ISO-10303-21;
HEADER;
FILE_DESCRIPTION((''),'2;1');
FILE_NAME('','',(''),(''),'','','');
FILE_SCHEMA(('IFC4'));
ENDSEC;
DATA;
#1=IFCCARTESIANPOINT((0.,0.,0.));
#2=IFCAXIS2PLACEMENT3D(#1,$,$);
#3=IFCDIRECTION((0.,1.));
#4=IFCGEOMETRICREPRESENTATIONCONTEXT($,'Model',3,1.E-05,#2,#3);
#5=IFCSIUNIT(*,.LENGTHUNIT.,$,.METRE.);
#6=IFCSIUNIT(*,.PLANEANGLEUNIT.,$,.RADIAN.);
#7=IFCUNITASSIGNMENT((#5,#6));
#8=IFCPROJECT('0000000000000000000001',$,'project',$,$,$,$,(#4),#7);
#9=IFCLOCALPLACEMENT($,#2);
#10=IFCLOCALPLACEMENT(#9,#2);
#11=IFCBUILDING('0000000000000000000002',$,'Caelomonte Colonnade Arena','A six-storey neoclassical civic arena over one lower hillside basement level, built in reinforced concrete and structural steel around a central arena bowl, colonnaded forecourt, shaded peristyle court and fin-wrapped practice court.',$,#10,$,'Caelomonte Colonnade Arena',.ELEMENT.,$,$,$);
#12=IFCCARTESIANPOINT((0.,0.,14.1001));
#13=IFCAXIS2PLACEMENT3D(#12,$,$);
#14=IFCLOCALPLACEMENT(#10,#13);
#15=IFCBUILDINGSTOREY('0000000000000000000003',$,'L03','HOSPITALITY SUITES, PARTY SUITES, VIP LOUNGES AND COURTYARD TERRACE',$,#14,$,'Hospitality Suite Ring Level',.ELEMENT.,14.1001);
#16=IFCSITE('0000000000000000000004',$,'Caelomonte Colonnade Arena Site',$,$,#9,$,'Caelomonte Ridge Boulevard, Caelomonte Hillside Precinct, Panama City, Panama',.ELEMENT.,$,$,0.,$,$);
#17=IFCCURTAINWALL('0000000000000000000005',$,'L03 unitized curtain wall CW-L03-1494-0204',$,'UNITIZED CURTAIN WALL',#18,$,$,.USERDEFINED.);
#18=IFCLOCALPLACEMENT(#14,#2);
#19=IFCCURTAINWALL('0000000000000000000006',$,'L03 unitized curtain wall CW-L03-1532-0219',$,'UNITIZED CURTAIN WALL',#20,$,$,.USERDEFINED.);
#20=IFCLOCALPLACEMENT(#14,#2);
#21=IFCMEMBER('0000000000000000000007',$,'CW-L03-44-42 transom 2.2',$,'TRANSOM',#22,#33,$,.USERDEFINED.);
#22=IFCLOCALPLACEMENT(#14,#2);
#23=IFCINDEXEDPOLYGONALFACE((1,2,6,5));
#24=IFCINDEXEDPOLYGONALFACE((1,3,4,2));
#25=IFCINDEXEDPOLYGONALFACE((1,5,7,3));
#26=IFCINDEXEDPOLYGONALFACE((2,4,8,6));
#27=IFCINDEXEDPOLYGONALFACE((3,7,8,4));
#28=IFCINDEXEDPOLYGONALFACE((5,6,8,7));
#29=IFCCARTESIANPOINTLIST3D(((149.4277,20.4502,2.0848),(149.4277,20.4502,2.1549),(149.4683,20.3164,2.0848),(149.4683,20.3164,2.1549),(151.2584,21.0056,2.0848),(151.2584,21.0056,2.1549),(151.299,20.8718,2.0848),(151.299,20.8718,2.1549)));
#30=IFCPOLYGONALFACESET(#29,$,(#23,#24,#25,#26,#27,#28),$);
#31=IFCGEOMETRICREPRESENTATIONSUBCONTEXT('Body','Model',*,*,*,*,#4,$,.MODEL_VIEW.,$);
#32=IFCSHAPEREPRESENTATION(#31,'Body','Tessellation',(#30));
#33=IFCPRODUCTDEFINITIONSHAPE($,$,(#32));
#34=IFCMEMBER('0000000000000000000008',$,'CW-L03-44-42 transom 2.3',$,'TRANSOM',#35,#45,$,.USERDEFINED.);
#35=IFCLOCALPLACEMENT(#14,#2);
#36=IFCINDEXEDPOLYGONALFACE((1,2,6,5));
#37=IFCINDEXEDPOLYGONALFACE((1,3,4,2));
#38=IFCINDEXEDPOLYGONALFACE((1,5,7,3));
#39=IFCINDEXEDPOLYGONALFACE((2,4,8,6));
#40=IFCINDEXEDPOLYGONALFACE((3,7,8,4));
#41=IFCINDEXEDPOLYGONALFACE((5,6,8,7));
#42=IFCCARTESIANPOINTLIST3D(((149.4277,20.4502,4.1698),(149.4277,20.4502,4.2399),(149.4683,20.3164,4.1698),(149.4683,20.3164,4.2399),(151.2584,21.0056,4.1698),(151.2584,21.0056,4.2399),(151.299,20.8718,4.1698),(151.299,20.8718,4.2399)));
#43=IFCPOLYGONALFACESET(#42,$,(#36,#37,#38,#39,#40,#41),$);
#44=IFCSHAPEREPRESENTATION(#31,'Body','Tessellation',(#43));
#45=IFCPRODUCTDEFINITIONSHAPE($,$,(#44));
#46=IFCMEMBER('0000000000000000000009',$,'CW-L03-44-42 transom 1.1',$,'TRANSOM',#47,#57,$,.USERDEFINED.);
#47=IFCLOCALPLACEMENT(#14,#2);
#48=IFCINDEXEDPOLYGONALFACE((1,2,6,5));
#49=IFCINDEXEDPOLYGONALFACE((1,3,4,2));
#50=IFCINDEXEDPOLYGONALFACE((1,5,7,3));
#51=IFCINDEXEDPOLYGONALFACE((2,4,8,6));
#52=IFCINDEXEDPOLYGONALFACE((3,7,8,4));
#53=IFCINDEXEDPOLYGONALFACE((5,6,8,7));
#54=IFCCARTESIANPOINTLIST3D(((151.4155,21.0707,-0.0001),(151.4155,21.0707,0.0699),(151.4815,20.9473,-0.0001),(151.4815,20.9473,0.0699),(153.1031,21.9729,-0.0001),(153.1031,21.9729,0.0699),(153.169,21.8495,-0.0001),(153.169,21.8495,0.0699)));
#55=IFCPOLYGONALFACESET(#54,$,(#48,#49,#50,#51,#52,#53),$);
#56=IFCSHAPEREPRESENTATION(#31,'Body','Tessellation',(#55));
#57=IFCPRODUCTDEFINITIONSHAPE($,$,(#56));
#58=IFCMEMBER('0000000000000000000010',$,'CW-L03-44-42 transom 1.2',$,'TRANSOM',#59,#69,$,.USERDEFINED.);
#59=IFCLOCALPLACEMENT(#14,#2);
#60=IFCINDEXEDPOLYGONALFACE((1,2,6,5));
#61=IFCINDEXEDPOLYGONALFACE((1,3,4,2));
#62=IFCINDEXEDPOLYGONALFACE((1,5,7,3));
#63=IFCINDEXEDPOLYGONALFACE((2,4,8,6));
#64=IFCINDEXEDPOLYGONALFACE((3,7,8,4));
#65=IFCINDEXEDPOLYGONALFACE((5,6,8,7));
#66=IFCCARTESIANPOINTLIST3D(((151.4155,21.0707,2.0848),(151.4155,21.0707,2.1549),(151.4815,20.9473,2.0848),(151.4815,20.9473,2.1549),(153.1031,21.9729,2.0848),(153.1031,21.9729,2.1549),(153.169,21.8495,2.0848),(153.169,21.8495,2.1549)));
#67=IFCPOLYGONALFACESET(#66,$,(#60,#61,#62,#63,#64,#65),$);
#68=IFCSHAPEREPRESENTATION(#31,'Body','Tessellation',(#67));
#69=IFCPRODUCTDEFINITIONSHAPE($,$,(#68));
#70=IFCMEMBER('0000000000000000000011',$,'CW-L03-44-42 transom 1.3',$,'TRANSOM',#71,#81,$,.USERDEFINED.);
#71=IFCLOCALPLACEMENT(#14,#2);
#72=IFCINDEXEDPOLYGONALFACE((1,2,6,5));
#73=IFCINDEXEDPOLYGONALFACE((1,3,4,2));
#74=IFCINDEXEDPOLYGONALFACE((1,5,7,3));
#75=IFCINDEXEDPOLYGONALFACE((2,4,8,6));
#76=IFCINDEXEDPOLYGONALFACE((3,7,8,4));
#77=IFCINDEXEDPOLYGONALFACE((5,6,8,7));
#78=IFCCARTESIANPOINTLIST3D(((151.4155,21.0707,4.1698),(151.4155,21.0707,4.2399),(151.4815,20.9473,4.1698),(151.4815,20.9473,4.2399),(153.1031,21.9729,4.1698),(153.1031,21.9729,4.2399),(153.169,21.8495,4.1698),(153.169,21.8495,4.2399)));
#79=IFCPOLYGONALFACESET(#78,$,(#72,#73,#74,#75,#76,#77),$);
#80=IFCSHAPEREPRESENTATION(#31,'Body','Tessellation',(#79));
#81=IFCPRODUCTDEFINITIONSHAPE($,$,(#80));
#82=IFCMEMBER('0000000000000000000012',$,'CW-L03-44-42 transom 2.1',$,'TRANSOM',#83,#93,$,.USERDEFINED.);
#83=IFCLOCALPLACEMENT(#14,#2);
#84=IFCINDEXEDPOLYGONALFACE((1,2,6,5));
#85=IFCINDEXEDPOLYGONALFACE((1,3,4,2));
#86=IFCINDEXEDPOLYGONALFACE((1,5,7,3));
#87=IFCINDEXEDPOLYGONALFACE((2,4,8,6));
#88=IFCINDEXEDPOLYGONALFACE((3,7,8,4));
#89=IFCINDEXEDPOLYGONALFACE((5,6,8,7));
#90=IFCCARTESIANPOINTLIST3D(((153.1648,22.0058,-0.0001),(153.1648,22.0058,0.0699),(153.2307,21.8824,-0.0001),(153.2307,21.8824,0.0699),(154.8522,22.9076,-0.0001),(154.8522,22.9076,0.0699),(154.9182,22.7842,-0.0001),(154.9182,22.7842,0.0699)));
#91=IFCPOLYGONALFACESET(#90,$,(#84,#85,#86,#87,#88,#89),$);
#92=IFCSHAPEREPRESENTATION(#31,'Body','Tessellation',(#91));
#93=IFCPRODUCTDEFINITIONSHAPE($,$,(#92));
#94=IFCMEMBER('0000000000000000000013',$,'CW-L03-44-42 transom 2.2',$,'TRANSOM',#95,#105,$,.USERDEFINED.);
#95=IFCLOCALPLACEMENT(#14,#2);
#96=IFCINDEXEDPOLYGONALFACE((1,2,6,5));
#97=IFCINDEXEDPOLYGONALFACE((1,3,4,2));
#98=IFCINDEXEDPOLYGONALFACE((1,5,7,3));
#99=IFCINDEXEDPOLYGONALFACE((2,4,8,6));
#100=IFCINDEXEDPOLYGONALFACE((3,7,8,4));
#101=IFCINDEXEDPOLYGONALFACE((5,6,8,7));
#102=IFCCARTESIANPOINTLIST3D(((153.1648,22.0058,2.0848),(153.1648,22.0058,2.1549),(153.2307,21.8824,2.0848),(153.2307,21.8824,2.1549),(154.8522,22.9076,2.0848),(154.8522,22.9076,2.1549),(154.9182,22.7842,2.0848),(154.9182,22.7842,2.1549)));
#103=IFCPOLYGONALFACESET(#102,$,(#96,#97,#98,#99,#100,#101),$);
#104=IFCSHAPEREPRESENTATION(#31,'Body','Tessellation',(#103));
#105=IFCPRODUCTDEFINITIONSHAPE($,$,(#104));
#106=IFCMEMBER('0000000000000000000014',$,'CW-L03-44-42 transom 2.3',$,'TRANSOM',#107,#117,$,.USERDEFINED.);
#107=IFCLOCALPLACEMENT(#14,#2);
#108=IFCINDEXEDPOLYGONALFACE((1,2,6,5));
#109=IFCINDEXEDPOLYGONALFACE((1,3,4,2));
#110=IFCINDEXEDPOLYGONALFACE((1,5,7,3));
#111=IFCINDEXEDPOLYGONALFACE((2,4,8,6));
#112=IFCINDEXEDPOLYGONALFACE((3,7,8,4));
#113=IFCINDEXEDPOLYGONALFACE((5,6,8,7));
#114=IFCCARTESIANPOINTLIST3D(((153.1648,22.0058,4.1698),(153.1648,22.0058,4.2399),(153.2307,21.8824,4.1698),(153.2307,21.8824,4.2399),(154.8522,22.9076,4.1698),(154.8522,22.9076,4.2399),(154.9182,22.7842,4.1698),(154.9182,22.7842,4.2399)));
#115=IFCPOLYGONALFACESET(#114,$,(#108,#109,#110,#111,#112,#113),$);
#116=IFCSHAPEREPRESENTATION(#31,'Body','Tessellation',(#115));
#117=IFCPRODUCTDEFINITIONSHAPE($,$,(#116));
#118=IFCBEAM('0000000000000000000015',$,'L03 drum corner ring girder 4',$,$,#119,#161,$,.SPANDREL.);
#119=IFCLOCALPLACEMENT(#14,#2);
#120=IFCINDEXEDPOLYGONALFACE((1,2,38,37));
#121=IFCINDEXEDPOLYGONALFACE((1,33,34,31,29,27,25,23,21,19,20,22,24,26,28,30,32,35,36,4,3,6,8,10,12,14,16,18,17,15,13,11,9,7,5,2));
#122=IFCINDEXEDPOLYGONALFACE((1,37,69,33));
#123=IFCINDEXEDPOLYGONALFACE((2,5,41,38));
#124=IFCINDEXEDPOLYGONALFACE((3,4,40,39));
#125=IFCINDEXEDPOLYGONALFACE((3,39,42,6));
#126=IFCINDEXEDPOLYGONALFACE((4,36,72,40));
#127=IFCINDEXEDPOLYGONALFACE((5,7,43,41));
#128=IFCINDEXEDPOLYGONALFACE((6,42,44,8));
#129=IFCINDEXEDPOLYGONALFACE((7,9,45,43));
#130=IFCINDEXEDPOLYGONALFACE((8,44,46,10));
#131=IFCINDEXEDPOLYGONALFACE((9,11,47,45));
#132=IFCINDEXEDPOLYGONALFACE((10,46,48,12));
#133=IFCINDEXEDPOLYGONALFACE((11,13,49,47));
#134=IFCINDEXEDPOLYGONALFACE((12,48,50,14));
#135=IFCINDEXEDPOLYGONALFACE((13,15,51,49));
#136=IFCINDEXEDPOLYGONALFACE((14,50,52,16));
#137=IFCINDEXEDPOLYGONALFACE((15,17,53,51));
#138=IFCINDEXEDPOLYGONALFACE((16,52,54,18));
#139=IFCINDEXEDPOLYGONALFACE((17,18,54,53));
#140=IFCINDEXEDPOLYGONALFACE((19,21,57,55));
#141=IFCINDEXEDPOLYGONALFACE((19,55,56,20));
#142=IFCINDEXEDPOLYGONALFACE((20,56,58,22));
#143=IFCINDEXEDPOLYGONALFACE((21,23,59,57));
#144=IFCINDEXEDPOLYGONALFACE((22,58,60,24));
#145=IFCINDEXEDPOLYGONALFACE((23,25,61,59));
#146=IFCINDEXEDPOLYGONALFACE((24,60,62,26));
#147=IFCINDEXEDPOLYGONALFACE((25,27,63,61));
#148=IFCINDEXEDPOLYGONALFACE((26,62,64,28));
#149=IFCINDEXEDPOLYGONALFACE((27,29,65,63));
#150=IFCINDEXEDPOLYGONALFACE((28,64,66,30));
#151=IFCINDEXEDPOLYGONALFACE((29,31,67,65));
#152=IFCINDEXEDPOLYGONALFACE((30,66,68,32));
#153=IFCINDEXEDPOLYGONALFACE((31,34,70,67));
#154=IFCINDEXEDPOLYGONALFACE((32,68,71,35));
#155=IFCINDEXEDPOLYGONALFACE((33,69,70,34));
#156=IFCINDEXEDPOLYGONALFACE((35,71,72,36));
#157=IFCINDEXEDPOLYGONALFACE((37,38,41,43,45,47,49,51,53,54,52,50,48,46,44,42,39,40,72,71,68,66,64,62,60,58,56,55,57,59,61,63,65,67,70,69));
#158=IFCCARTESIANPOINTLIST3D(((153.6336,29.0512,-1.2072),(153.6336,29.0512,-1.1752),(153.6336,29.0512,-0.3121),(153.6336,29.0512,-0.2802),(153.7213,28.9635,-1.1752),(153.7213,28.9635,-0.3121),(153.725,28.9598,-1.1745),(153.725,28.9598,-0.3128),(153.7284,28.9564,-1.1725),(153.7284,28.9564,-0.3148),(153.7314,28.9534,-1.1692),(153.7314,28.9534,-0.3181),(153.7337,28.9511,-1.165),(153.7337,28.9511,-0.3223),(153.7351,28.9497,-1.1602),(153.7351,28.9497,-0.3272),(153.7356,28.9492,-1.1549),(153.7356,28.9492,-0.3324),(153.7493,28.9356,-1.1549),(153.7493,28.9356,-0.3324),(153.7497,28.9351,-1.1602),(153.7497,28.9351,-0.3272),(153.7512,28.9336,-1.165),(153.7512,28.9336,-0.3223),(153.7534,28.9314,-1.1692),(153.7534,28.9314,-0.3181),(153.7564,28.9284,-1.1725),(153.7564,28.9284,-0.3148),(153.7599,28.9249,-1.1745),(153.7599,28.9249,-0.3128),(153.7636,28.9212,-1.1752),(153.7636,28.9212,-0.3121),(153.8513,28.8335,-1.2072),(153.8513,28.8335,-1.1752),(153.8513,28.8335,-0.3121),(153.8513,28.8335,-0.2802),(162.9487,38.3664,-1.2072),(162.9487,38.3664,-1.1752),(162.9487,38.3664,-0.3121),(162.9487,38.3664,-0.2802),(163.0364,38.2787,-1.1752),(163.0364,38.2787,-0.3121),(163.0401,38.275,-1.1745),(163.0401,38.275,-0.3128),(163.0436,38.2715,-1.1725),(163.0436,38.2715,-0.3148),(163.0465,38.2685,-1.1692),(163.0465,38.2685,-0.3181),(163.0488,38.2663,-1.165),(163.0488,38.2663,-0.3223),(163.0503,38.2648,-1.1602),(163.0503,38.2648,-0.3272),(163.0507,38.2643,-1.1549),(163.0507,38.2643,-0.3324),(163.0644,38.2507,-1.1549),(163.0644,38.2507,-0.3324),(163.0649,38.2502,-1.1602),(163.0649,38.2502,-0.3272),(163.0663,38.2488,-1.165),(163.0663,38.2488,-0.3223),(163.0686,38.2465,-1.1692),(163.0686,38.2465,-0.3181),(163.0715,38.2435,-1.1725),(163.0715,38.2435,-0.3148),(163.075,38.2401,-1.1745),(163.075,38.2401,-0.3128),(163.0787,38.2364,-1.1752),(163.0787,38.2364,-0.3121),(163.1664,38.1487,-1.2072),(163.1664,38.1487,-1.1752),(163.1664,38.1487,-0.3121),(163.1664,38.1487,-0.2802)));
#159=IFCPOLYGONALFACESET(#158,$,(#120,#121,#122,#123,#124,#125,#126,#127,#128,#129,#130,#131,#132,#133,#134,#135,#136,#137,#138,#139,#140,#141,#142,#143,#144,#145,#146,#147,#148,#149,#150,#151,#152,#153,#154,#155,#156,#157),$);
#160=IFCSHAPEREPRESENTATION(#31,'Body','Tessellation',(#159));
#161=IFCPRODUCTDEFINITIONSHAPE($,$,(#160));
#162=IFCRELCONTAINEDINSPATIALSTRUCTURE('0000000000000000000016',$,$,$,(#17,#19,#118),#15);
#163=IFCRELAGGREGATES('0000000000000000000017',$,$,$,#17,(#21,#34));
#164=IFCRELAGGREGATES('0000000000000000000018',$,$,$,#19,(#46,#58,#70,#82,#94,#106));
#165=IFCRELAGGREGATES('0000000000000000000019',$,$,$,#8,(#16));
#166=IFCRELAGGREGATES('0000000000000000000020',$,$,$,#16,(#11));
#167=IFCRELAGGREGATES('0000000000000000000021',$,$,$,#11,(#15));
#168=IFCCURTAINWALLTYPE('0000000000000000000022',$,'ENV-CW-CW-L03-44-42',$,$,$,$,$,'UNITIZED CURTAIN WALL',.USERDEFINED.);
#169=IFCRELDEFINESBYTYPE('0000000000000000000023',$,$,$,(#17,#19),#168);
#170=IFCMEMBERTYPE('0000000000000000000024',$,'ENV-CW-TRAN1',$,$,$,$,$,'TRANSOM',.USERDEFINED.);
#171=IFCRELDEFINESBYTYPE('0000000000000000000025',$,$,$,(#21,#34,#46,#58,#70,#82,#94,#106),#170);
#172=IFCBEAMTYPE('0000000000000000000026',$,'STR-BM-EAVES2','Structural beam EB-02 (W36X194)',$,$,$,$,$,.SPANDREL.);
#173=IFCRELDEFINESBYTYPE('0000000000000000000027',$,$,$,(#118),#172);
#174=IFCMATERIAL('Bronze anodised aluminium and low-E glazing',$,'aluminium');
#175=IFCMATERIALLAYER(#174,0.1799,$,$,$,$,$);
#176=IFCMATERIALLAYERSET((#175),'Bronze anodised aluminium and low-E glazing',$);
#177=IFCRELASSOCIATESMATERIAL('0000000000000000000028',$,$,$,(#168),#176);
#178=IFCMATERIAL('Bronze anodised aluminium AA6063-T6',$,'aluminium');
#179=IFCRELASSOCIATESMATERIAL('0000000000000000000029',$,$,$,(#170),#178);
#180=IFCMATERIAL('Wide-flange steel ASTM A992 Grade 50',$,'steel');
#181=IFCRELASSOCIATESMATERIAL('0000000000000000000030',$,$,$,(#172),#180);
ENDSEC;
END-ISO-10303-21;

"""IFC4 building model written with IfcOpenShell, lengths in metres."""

from ifc_helpers import new_model, si_unit, direction, frame, origin, origin_2d, place, context, subcontext, project, spatial, rectangle, i_section, extrude, material, layer, layer_set, material_profile, profile_set, type_object, element, aggregate, save


model = new_model("IFC4")

# Units and contexts
model_context = context("Model", 3, precision=1e-05, world=origin(), true_north=direction((0.0, 1.0)))
body_context = subcontext(model_context, "Body", "Model", "MODEL_VIEW")
ifc_project = project(units=[si_unit("LENGTHUNIT", "METRE"), si_unit("PLANEANGLEUNIT", "RADIAN")], contexts=[model_context])

# Site, building, storey
site_placement = place(None, origin())
site = spatial("IfcSite", under=ifc_project, at=site_placement, Name="Caelomonte Colonnade Arena Site", LongName="Caelomonte Ridge Boulevard, Caelomonte Hillside Precinct, Panama City, Panama", CompositionType="ELEMENT", RefElevation=0.0)
building_placement = place(site_placement, origin())
building = spatial("IfcBuilding", under=site, at=building_placement, Name="Caelomonte Colonnade Arena", Description="A six-storey neoclassical civic arena over one lower hillside basement level, built in reinforced concrete and structural steel around a central arena bowl, colonnaded forecourt, shaded peristyle court and fin-wrapped practice court.", LongName="Caelomonte Colonnade Arena", CompositionType="ELEMENT")
storey_placement = place(building_placement, frame((0.0, 0.0, 14.1001)))
storey = spatial("IfcBuildingStorey", under=building, at=storey_placement, Name="L03", Description="HOSPITALITY SUITES, PARTY SUITES, VIP LOUNGES AND COURTYARD TERRACE", LongName="Hospitality Suite Ring Level", CompositionType="ELEMENT", Elevation=14.1001)

# Shared definitions
ifc_material_1 = material(Name="Wide-flange steel ASTM A992 Grade 50", Category="steel")

# Curtain walls
ifc_material_2 = material(Name="Bronze anodised aluminium and low-E glazing", Category="aluminium")
ifc_layer_1 = layer(ifc_material_2, 0.1799)
ifc_layer_set_1 = layer_set([ifc_layer_1], Name="Bronze anodised aluminium and low-E glazing")
curtain_wall_type = type_object("IfcCurtainWallType", Name="ENV-CW-CW-L03-44-42", ElementType="UNITIZED CURTAIN WALL", PredefinedType="USERDEFINED", material=ifc_layer_set_1)
curtain_wall_1_placement = place(storey_placement, origin())
curtain_wall_1 = element("IfcCurtainWall", 1, at=curtain_wall_1_placement, inside=storey, type_object=curtain_wall_type, Name="L03 unitized curtain wall CW-L03-1494-0204", ObjectType="UNITIZED CURTAIN WALL", PredefinedType="USERDEFINED")
ifc_material_3 = material(Name="Bronze anodised aluminium AA6063-T6", Category="aluminium")
curtain_wall_2_placement = place(storey_placement, origin())
curtain_wall_2 = element("IfcCurtainWall", 2, at=curtain_wall_2_placement, inside=storey, type_object=curtain_wall_type, Name="L03 unitized curtain wall CW-L03-1532-0219", ObjectType="UNITIZED CURTAIN WALL", PredefinedType="USERDEFINED")

# Members
ifc_material_profile_1 = material_profile(ifc_material_3, rectangle(XDim=0.0701, YDim=0.1399, at=origin_2d()), Name="CWT-70X140")
ifc_profile_set_1 = profile_set([ifc_material_profile_1], Name="Bronze anodised aluminium AA6063-T6")
member_type_1 = type_object("IfcMemberType", Name="ENV-CW-TRAN1", ElementType="TRANSOM", PredefinedType="USERDEFINED", material=ifc_profile_set_1)
member_1_placement = place(storey_placement, frame((149.448, 20.3833, 2.1199), z_axis=(0.956933, 0.290308, 0.0), x_axis=(0.0, 0.0, 1.0)))
member_1 = element("IfcMember", 3, at=member_1_placement, type_object=member_type_1, Name="CW-L03-44-42 transom 2.2", ObjectType="TRANSOM", PredefinedType="USERDEFINED", context=body_context, shape_type="SweptSolid", body=[
    extrude(rectangle(XDim=0.0701, YDim=0.1399, at=origin_2d()), origin(), (0.0, 0.0, 1.0), 1.9131),
])
member_2_placement = place(storey_placement, frame((149.448, 20.3833, 4.2048), z_axis=(0.956933, 0.290308, 0.0), x_axis=(0.0, 0.0, 1.0)))
member_2 = element("IfcMember", 4, at=member_2_placement, type_object=member_type_1, Name="CW-L03-44-42 transom 2.3", ObjectType="TRANSOM", PredefinedType="USERDEFINED", context=body_context, shape_type="SweptSolid", body=[
    extrude(rectangle(XDim=0.0701, YDim=0.1399, at=origin_2d()), origin(), (0.0, 0.0, 1.0), 1.9131),
])
member_3_placement = place(storey_placement, frame((151.4485, 21.009, 0.0349), z_axis=(0.881897, 0.471442, 0.0), x_axis=(0.0, 0.0, 1.0)))
member_3 = element("IfcMember", 5, at=member_3_placement, type_object=member_type_1, Name="CW-L03-44-42 transom 1.1", ObjectType="TRANSOM", PredefinedType="USERDEFINED", context=body_context, shape_type="SweptSolid", body=[
    extrude(rectangle(XDim=0.0701, YDim=0.1399, at=origin_2d()), origin(), (0.0, 0.0, 1.0), 1.9136),
])
member_4_placement = place(storey_placement, frame((151.4485, 21.009, 2.1199), z_axis=(0.881897, 0.471442, 0.0), x_axis=(0.0, 0.0, 1.0)))
member_4 = element("IfcMember", 6, at=member_4_placement, type_object=member_type_1, Name="CW-L03-44-42 transom 1.2", ObjectType="TRANSOM", PredefinedType="USERDEFINED", context=body_context, shape_type="SweptSolid", body=[
    extrude(rectangle(XDim=0.0701, YDim=0.1399, at=origin_2d()), origin(), (0.0, 0.0, 1.0), 1.9136),
])
member_5_placement = place(storey_placement, frame((151.4485, 21.009, 4.2048), z_axis=(0.881897, 0.471442, 0.0), x_axis=(0.0, 0.0, 1.0)))
member_5 = element("IfcMember", 7, at=member_5_placement, type_object=member_type_1, Name="CW-L03-44-42 transom 1.3", ObjectType="TRANSOM", PredefinedType="USERDEFINED", context=body_context, shape_type="SweptSolid", body=[
    extrude(rectangle(XDim=0.0701, YDim=0.1399, at=origin_2d()), origin(), (0.0, 0.0, 1.0), 1.9136),
])
member_6_placement = place(storey_placement, frame((153.1978, 21.9441, 0.0349), z_axis=(0.88195, 0.471343, 0.0), x_axis=(0.0, 0.0, 1.0)))
member_6 = element("IfcMember", 8, at=member_6_placement, type_object=member_type_1, Name="CW-L03-44-42 transom 2.1", ObjectType="TRANSOM", PredefinedType="USERDEFINED", context=body_context, shape_type="SweptSolid", body=[
    extrude(rectangle(XDim=0.0701, YDim=0.1399, at=origin_2d()), origin(), (0.0, 0.0, 1.0), 1.9133),
])
member_7_placement = place(storey_placement, frame((153.1978, 21.9441, 2.1199), z_axis=(0.88195, 0.471343, 0.0), x_axis=(0.0, 0.0, 1.0)))
member_7 = element("IfcMember", 9, at=member_7_placement, type_object=member_type_1, Name="CW-L03-44-42 transom 2.2", ObjectType="TRANSOM", PredefinedType="USERDEFINED", context=body_context, shape_type="SweptSolid", body=[
    extrude(rectangle(XDim=0.0701, YDim=0.1399, at=origin_2d()), origin(), (0.0, 0.0, 1.0), 1.9133),
])
member_8_placement = place(storey_placement, frame((153.1978, 21.9441, 4.2048), z_axis=(0.88195, 0.471343, 0.0), x_axis=(0.0, 0.0, 1.0)))
member_8 = element("IfcMember", 10, at=member_8_placement, type_object=member_type_1, Name="CW-L03-44-42 transom 2.3", ObjectType="TRANSOM", PredefinedType="USERDEFINED", context=body_context, shape_type="SweptSolid", body=[
    extrude(rectangle(XDim=0.0701, YDim=0.1399, at=origin_2d()), origin(), (0.0, 0.0, 1.0), 1.9133),
])

# Beam
ifc_material_profile_2 = material_profile(ifc_material_1, i_section(OverallWidth=0.3079, OverallDepth=0.927, WebThickness=0.0193, FlangeThickness=0.032, FilletRadius=0.0203, at=origin_2d()), Name="W36X194")
ifc_profile_set_2 = profile_set([ifc_material_profile_2], Name="Wide-flange steel ASTM A992 Grade 50")
beam_type_1 = type_object("IfcBeamType", Name="STR-BM-EAVES2", Description="Structural beam EB-02 (W36X194)", PredefinedType="SPANDREL", material=ifc_profile_set_2)
beam_1_placement = place(storey_placement, frame((153.7424, 28.9424, -0.7437), z_axis=(0.707107, 0.707107, 0.0), x_axis=(-0.707107, 0.707107, 0.0)))
element("IfcBeam", 11, at=beam_1_placement, inside=storey, type_object=beam_type_1, Name="L03 drum corner ring girder 4", PredefinedType="SPANDREL", context=body_context, shape_type="SweptSolid", body=[
    extrude(i_section(OverallWidth=0.3079, OverallDepth=0.927, WebThickness=0.0193, FlangeThickness=0.032, FilletRadius=0.0203, at=origin_2d()), origin(), (0.0, 0.0, 1.0), 13.1736),
])

aggregate(curtain_wall_1, [member_1, member_2])
aggregate(curtain_wall_2, [member_3, member_4, member_5, member_6, member_7, member_8])

save(model, "model.ifc")
